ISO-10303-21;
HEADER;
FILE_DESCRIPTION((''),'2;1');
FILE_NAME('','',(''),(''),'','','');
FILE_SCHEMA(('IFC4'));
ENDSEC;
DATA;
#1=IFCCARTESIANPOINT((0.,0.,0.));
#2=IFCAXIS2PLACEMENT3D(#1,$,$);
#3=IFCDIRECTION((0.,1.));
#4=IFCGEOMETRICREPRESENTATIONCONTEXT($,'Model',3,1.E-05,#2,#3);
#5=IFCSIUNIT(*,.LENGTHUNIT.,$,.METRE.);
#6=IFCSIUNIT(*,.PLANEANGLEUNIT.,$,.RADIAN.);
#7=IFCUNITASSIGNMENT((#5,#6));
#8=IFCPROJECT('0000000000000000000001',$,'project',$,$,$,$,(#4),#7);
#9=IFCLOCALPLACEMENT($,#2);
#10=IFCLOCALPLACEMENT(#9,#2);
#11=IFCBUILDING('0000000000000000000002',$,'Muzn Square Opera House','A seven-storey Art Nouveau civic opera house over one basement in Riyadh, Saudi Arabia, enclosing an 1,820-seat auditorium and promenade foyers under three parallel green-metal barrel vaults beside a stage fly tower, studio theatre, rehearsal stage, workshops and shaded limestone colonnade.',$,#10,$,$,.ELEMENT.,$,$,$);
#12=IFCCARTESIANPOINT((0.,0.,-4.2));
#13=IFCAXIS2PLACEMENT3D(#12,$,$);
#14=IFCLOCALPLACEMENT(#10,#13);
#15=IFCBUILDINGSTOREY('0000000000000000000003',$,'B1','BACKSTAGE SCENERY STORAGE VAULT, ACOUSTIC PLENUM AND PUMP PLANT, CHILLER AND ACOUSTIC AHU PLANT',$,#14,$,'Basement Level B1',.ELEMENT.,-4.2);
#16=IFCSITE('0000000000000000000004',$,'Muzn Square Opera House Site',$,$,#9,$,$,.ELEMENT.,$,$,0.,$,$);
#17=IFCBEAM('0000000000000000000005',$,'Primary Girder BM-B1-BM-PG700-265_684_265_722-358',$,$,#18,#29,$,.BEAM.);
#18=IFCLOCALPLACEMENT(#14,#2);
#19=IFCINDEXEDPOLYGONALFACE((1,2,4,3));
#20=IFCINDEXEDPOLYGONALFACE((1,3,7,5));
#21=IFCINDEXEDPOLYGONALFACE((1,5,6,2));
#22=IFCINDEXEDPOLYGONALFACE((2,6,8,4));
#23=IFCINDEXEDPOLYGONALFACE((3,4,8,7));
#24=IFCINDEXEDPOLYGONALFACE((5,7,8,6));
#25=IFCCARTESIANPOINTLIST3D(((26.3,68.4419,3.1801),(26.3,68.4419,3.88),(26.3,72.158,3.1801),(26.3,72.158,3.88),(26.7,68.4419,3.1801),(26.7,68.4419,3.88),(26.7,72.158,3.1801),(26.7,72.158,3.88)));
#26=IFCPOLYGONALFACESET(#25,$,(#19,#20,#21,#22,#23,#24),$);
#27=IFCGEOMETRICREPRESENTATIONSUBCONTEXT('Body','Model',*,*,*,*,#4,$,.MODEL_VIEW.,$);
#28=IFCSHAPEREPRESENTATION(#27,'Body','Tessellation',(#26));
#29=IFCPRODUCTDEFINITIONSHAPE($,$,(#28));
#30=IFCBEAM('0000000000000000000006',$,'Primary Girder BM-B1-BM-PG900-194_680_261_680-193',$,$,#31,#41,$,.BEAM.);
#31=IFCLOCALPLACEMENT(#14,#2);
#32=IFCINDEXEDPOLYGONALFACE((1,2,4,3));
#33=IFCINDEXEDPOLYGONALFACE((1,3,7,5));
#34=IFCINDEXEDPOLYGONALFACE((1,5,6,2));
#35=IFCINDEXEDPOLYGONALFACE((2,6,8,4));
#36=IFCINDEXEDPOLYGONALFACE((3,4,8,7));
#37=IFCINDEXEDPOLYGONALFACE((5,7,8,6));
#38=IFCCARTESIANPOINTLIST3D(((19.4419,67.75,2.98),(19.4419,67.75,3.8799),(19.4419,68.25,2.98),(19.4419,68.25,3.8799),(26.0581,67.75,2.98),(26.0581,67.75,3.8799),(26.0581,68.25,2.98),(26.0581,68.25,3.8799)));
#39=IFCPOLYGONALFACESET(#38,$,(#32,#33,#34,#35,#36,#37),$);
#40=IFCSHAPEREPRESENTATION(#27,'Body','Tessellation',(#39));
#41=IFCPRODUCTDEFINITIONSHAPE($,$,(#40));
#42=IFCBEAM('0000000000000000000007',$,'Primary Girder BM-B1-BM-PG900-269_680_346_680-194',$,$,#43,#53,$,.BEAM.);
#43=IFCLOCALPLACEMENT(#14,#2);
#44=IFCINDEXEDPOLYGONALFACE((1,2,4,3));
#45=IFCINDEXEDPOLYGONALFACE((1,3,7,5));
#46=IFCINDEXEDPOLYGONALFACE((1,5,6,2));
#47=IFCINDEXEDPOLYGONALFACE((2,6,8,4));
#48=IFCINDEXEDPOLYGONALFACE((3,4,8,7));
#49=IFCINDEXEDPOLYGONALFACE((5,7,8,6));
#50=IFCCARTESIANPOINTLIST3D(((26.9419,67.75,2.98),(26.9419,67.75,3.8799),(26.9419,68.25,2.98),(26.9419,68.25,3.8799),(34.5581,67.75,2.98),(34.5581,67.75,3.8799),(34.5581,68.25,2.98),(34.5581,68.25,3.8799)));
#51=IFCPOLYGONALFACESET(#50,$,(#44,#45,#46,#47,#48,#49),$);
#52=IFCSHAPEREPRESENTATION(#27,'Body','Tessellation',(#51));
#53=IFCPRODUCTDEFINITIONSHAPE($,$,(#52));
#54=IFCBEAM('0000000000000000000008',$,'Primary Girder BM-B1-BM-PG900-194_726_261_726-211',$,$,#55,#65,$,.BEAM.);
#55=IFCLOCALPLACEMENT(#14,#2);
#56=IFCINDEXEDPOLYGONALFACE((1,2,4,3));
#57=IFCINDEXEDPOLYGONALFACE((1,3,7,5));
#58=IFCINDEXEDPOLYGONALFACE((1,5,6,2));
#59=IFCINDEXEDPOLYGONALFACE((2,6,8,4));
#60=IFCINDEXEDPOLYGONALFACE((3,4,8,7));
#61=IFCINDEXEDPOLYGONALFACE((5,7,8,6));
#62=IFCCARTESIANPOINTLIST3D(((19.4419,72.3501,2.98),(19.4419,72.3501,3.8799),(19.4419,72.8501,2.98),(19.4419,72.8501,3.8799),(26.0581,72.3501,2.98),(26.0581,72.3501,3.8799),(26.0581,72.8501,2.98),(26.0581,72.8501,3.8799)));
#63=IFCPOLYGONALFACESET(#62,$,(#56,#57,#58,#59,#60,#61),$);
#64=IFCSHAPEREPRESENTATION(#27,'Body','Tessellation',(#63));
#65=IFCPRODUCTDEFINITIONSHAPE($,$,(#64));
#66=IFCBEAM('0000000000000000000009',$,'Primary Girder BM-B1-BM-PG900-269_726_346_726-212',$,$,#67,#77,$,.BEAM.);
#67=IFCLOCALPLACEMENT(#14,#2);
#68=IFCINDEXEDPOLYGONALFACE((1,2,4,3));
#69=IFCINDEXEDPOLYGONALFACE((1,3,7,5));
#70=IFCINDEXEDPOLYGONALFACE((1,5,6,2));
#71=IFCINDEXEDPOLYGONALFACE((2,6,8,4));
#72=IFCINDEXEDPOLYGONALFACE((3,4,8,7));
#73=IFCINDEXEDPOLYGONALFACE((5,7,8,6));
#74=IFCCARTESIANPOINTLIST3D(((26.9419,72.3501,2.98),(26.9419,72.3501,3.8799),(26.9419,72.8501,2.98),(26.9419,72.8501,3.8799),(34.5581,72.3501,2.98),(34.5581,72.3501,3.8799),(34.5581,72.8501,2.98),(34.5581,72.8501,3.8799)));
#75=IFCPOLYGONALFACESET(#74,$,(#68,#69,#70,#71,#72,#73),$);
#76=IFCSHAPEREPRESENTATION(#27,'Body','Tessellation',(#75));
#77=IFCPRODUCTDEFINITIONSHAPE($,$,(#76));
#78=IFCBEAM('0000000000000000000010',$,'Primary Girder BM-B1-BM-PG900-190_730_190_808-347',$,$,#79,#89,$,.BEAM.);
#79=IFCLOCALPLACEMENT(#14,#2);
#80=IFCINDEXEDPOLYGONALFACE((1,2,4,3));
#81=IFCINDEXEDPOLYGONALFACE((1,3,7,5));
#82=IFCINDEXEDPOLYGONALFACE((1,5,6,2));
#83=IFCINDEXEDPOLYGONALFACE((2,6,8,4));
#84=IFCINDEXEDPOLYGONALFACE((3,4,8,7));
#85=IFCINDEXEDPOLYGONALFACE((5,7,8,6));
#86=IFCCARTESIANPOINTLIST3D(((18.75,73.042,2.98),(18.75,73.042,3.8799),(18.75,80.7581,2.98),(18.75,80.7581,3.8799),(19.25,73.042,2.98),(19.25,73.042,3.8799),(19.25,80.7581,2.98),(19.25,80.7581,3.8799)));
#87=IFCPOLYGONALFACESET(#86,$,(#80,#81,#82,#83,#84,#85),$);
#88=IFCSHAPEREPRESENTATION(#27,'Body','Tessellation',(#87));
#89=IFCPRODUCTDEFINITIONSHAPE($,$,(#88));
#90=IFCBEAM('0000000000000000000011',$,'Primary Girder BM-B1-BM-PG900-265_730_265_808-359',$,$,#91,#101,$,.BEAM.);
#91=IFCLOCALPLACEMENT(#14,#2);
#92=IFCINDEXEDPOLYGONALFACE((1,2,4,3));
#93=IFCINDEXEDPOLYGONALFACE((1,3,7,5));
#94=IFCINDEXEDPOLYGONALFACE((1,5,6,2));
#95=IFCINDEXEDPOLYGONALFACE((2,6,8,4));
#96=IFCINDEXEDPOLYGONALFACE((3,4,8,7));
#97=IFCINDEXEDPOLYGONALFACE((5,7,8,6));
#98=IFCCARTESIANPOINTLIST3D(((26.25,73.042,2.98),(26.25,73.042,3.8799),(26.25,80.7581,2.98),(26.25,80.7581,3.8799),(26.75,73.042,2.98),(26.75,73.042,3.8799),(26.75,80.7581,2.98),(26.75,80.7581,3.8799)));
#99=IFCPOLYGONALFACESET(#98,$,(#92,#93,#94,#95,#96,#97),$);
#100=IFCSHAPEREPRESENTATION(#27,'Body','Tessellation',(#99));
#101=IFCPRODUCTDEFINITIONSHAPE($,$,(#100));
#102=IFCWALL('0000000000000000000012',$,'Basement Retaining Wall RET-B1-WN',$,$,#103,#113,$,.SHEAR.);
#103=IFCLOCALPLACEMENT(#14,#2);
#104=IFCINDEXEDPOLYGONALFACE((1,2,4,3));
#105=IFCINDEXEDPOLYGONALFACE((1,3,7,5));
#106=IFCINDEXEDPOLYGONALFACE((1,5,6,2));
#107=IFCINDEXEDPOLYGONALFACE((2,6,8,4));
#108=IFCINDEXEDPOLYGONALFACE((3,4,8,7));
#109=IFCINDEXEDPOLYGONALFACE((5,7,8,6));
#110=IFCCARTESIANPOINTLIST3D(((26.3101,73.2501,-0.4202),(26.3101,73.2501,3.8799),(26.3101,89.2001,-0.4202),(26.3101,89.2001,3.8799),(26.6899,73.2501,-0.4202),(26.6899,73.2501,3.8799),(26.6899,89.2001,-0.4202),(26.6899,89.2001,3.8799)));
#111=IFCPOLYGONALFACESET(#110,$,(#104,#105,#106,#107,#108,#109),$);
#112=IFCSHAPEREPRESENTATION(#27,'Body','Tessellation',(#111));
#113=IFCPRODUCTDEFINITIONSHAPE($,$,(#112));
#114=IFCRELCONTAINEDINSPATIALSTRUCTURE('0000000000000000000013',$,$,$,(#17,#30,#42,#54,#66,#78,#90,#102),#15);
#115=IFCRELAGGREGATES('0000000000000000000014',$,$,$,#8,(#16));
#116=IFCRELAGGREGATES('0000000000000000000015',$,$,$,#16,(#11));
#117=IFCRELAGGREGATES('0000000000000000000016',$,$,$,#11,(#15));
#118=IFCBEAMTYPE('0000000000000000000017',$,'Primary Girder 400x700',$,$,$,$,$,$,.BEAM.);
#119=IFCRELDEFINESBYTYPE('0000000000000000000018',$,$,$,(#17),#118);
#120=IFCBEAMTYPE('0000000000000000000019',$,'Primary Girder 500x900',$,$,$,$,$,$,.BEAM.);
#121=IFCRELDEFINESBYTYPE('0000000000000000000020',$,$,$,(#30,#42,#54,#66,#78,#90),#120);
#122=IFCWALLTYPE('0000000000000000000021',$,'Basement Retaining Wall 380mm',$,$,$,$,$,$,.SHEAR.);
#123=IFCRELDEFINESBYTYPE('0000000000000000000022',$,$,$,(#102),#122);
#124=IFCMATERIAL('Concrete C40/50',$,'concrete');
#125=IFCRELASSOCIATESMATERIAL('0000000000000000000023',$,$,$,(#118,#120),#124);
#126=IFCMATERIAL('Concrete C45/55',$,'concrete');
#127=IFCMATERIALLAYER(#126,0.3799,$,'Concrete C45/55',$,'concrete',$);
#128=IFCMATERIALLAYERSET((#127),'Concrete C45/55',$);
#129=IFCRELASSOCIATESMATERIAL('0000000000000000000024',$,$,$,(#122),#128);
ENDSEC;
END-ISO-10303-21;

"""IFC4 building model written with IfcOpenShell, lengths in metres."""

from ifc_helpers import new_model, si_unit, direction, frame, frame_2d, origin, origin_2d, place, context, subcontext, project, spatial, rectangle, extrude, material, layer, layer_set, material_profile, profile_set, type_object, element, save


model = new_model("IFC4")

# Units and contexts
model_context = context("Model", 3, precision=1e-05, world=origin(), true_north=direction((0.0, 1.0)))
body_context = subcontext(model_context, "Body", "Model", "MODEL_VIEW")
ifc_project = project(units=[si_unit("LENGTHUNIT", "METRE"), si_unit("PLANEANGLEUNIT", "RADIAN")], contexts=[model_context])

# Site, building, storey
site_placement = place(None, origin())
site = spatial("IfcSite", under=ifc_project, at=site_placement, Name="Muzn Square Opera House Site", CompositionType="ELEMENT", RefElevation=0.0)
building_placement = place(site_placement, origin())
building = spatial("IfcBuilding", under=site, at=building_placement, Name="Muzn Square Opera House", Description="A seven-storey Art Nouveau civic opera house over one basement in Riyadh, Saudi Arabia, enclosing an 1,820-seat auditorium and promenade foyers under three parallel green-metal barrel vaults beside a stage fly tower, studio theatre, rehearsal stage, workshops and shaded limestone colonnade.", CompositionType="ELEMENT")
storey_placement = place(building_placement, frame((0.0, 0.0, -4.2)))
storey = spatial("IfcBuildingStorey", under=building, at=storey_placement, Name="B1", Description="BACKSTAGE SCENERY STORAGE VAULT, ACOUSTIC PLENUM AND PUMP PLANT, CHILLER AND ACOUSTIC AHU PLANT", LongName="Basement Level B1", CompositionType="ELEMENT", Elevation=-4.2)

# Shared definitions
ifc_material_1 = material(Name="Concrete C40/50", Category="concrete")

# Shared definitions
ifc_material_2 = material(Name="Concrete C45/55", Category="concrete")

# Beams
ifc_material_profile_1 = material_profile(ifc_material_1, rectangle(XDim=0.3999, YDim=0.7, at=origin_2d()), Name="RCB 400x700", Category="concrete")
ifc_profile_set_1 = profile_set([ifc_material_profile_1], Name="Concrete C40/50")
beam_type_1 = type_object("IfcBeamType", Name="Primary Girder 400x700", PredefinedType="BEAM", material=ifc_profile_set_1)
beam_1_placement = place(storey_placement, frame((26.5, 68.4419, 3.53), z_axis=(0.0, 1.0, 0.0), x_axis=(-1.0, 0.0, 0.0)))
element("IfcBeam", 1, at=beam_1_placement, inside=storey, type_object=beam_type_1, Name="Primary Girder BM-B1-BM-PG700-265_684_265_722-358", PredefinedType="BEAM", context=body_context, shape_type="SweptSolid", body=[
    extrude(rectangle(XDim=0.3999, YDim=0.7, at=origin_2d()), origin(), (0.0, 0.0, 1.0), 3.7161),
])
ifc_material_profile_2 = material_profile(ifc_material_1, rectangle(XDim=0.5, YDim=0.8999, at=origin_2d()), Name="RCB 500x900", Category="concrete")
ifc_profile_set_2 = profile_set([ifc_material_profile_2], Name="Concrete C40/50")
beam_type_2 = type_object("IfcBeamType", Name="Primary Girder 500x900", PredefinedType="BEAM", material=ifc_profile_set_2)
beam_2_placement = place(storey_placement, frame((19.4419, 68.0, 3.4299), z_axis=(1.0, 0.0, 0.0), x_axis=(0.0, 1.0, 0.0)))
element("IfcBeam", 2, at=beam_2_placement, inside=storey, type_object=beam_type_2, Name="Primary Girder BM-B1-BM-PG900-194_680_261_680-193", PredefinedType="BEAM", context=body_context, shape_type="SweptSolid", body=[
    extrude(rectangle(XDim=0.5, YDim=0.8999, at=origin_2d()), origin(), (0.0, 0.0, 1.0), 6.6162),
])
beam_3_placement = place(storey_placement, frame((26.9419, 68.0, 3.4299), z_axis=(1.0, 0.0, 0.0), x_axis=(0.0, 1.0, 0.0)))
element("IfcBeam", 3, at=beam_3_placement, inside=storey, type_object=beam_type_2, Name="Primary Girder BM-B1-BM-PG900-269_680_346_680-194", PredefinedType="BEAM", context=body_context, shape_type="SweptSolid", body=[
    extrude(rectangle(XDim=0.5, YDim=0.8999, at=origin_2d()), origin(), (0.0, 0.0, 1.0), 7.6162),
])
beam_4_placement = place(storey_placement, frame((19.4419, 72.6001, 3.4299), z_axis=(1.0, 0.0, 0.0), x_axis=(0.0, 1.0, 0.0)))
element("IfcBeam", 4, at=beam_4_placement, inside=storey, type_object=beam_type_2, Name="Primary Girder BM-B1-BM-PG900-194_726_261_726-211", PredefinedType="BEAM", context=body_context, shape_type="SweptSolid", body=[
    extrude(rectangle(XDim=0.5, YDim=0.8999, at=origin_2d()), origin(), (0.0, 0.0, 1.0), 6.6162),
])
beam_5_placement = place(storey_placement, frame((26.9419, 72.6001, 3.4299), z_axis=(1.0, 0.0, 0.0), x_axis=(0.0, 1.0, 0.0)))
element("IfcBeam", 5, at=beam_5_placement, inside=storey, type_object=beam_type_2, Name="Primary Girder BM-B1-BM-PG900-269_726_346_726-212", PredefinedType="BEAM", context=body_context, shape_type="SweptSolid", body=[
    extrude(rectangle(XDim=0.5, YDim=0.8999, at=origin_2d()), origin(), (0.0, 0.0, 1.0), 7.6162),
])
for number, where, z_axis, x_axis, name in (
    (6, (19.0, 73.042, 3.4299), (0.0, 1.0, 0.0), (-1.0, 0.0, 0.0), "Primary Girder BM-B1-BM-PG900-190_730_190_808-347"),
    (7, (26.5, 73.042, 3.4299), (0.0, 1.0, 0.0), (-1.0, 0.0, 0.0), "Primary Girder BM-B1-BM-PG900-265_730_265_808-359"),
):
    element("IfcBeam", number, at=place(storey_placement, frame(where, z_axis=z_axis, x_axis=x_axis)), inside=storey, type_object=beam_type_2, Name=name, PredefinedType="BEAM", context=body_context, shape_type="SweptSolid", body=[
        extrude(rectangle(XDim=0.5, YDim=0.8999, at=origin_2d()), origin(), (0.0, 0.0, 1.0), 7.7161),
    ])

# Wall
ifc_layer = layer(ifc_material_2, 0.3799, Name="Concrete C45/55", Category="concrete")
ifc_layer_set = layer_set([ifc_layer], Name="Concrete C45/55")
wall_type = type_object("IfcWallType", Name="Basement Retaining Wall 380mm", PredefinedType="SHEAR", material=ifc_layer_set)
wall_placement = place(storey_placement, frame((26.5, 73.25, -0.4202), z_axis=(0.0, 0.0, 1.0), x_axis=(0.0, 1.0, 0.0)))
element("IfcWall", 8, at=wall_placement, inside=storey, type_object=wall_type, Name="Basement Retaining Wall RET-B1-WN", PredefinedType="SHEAR", context=body_context, shape_type="SweptSolid", body=[
    extrude(rectangle(XDim=15.95, YDim=0.3799, at=frame_2d((7.9751, 0.0))), origin(), (0.0, 0.0, 1.0), 4.3),
])

save(model, "model.ifc")
